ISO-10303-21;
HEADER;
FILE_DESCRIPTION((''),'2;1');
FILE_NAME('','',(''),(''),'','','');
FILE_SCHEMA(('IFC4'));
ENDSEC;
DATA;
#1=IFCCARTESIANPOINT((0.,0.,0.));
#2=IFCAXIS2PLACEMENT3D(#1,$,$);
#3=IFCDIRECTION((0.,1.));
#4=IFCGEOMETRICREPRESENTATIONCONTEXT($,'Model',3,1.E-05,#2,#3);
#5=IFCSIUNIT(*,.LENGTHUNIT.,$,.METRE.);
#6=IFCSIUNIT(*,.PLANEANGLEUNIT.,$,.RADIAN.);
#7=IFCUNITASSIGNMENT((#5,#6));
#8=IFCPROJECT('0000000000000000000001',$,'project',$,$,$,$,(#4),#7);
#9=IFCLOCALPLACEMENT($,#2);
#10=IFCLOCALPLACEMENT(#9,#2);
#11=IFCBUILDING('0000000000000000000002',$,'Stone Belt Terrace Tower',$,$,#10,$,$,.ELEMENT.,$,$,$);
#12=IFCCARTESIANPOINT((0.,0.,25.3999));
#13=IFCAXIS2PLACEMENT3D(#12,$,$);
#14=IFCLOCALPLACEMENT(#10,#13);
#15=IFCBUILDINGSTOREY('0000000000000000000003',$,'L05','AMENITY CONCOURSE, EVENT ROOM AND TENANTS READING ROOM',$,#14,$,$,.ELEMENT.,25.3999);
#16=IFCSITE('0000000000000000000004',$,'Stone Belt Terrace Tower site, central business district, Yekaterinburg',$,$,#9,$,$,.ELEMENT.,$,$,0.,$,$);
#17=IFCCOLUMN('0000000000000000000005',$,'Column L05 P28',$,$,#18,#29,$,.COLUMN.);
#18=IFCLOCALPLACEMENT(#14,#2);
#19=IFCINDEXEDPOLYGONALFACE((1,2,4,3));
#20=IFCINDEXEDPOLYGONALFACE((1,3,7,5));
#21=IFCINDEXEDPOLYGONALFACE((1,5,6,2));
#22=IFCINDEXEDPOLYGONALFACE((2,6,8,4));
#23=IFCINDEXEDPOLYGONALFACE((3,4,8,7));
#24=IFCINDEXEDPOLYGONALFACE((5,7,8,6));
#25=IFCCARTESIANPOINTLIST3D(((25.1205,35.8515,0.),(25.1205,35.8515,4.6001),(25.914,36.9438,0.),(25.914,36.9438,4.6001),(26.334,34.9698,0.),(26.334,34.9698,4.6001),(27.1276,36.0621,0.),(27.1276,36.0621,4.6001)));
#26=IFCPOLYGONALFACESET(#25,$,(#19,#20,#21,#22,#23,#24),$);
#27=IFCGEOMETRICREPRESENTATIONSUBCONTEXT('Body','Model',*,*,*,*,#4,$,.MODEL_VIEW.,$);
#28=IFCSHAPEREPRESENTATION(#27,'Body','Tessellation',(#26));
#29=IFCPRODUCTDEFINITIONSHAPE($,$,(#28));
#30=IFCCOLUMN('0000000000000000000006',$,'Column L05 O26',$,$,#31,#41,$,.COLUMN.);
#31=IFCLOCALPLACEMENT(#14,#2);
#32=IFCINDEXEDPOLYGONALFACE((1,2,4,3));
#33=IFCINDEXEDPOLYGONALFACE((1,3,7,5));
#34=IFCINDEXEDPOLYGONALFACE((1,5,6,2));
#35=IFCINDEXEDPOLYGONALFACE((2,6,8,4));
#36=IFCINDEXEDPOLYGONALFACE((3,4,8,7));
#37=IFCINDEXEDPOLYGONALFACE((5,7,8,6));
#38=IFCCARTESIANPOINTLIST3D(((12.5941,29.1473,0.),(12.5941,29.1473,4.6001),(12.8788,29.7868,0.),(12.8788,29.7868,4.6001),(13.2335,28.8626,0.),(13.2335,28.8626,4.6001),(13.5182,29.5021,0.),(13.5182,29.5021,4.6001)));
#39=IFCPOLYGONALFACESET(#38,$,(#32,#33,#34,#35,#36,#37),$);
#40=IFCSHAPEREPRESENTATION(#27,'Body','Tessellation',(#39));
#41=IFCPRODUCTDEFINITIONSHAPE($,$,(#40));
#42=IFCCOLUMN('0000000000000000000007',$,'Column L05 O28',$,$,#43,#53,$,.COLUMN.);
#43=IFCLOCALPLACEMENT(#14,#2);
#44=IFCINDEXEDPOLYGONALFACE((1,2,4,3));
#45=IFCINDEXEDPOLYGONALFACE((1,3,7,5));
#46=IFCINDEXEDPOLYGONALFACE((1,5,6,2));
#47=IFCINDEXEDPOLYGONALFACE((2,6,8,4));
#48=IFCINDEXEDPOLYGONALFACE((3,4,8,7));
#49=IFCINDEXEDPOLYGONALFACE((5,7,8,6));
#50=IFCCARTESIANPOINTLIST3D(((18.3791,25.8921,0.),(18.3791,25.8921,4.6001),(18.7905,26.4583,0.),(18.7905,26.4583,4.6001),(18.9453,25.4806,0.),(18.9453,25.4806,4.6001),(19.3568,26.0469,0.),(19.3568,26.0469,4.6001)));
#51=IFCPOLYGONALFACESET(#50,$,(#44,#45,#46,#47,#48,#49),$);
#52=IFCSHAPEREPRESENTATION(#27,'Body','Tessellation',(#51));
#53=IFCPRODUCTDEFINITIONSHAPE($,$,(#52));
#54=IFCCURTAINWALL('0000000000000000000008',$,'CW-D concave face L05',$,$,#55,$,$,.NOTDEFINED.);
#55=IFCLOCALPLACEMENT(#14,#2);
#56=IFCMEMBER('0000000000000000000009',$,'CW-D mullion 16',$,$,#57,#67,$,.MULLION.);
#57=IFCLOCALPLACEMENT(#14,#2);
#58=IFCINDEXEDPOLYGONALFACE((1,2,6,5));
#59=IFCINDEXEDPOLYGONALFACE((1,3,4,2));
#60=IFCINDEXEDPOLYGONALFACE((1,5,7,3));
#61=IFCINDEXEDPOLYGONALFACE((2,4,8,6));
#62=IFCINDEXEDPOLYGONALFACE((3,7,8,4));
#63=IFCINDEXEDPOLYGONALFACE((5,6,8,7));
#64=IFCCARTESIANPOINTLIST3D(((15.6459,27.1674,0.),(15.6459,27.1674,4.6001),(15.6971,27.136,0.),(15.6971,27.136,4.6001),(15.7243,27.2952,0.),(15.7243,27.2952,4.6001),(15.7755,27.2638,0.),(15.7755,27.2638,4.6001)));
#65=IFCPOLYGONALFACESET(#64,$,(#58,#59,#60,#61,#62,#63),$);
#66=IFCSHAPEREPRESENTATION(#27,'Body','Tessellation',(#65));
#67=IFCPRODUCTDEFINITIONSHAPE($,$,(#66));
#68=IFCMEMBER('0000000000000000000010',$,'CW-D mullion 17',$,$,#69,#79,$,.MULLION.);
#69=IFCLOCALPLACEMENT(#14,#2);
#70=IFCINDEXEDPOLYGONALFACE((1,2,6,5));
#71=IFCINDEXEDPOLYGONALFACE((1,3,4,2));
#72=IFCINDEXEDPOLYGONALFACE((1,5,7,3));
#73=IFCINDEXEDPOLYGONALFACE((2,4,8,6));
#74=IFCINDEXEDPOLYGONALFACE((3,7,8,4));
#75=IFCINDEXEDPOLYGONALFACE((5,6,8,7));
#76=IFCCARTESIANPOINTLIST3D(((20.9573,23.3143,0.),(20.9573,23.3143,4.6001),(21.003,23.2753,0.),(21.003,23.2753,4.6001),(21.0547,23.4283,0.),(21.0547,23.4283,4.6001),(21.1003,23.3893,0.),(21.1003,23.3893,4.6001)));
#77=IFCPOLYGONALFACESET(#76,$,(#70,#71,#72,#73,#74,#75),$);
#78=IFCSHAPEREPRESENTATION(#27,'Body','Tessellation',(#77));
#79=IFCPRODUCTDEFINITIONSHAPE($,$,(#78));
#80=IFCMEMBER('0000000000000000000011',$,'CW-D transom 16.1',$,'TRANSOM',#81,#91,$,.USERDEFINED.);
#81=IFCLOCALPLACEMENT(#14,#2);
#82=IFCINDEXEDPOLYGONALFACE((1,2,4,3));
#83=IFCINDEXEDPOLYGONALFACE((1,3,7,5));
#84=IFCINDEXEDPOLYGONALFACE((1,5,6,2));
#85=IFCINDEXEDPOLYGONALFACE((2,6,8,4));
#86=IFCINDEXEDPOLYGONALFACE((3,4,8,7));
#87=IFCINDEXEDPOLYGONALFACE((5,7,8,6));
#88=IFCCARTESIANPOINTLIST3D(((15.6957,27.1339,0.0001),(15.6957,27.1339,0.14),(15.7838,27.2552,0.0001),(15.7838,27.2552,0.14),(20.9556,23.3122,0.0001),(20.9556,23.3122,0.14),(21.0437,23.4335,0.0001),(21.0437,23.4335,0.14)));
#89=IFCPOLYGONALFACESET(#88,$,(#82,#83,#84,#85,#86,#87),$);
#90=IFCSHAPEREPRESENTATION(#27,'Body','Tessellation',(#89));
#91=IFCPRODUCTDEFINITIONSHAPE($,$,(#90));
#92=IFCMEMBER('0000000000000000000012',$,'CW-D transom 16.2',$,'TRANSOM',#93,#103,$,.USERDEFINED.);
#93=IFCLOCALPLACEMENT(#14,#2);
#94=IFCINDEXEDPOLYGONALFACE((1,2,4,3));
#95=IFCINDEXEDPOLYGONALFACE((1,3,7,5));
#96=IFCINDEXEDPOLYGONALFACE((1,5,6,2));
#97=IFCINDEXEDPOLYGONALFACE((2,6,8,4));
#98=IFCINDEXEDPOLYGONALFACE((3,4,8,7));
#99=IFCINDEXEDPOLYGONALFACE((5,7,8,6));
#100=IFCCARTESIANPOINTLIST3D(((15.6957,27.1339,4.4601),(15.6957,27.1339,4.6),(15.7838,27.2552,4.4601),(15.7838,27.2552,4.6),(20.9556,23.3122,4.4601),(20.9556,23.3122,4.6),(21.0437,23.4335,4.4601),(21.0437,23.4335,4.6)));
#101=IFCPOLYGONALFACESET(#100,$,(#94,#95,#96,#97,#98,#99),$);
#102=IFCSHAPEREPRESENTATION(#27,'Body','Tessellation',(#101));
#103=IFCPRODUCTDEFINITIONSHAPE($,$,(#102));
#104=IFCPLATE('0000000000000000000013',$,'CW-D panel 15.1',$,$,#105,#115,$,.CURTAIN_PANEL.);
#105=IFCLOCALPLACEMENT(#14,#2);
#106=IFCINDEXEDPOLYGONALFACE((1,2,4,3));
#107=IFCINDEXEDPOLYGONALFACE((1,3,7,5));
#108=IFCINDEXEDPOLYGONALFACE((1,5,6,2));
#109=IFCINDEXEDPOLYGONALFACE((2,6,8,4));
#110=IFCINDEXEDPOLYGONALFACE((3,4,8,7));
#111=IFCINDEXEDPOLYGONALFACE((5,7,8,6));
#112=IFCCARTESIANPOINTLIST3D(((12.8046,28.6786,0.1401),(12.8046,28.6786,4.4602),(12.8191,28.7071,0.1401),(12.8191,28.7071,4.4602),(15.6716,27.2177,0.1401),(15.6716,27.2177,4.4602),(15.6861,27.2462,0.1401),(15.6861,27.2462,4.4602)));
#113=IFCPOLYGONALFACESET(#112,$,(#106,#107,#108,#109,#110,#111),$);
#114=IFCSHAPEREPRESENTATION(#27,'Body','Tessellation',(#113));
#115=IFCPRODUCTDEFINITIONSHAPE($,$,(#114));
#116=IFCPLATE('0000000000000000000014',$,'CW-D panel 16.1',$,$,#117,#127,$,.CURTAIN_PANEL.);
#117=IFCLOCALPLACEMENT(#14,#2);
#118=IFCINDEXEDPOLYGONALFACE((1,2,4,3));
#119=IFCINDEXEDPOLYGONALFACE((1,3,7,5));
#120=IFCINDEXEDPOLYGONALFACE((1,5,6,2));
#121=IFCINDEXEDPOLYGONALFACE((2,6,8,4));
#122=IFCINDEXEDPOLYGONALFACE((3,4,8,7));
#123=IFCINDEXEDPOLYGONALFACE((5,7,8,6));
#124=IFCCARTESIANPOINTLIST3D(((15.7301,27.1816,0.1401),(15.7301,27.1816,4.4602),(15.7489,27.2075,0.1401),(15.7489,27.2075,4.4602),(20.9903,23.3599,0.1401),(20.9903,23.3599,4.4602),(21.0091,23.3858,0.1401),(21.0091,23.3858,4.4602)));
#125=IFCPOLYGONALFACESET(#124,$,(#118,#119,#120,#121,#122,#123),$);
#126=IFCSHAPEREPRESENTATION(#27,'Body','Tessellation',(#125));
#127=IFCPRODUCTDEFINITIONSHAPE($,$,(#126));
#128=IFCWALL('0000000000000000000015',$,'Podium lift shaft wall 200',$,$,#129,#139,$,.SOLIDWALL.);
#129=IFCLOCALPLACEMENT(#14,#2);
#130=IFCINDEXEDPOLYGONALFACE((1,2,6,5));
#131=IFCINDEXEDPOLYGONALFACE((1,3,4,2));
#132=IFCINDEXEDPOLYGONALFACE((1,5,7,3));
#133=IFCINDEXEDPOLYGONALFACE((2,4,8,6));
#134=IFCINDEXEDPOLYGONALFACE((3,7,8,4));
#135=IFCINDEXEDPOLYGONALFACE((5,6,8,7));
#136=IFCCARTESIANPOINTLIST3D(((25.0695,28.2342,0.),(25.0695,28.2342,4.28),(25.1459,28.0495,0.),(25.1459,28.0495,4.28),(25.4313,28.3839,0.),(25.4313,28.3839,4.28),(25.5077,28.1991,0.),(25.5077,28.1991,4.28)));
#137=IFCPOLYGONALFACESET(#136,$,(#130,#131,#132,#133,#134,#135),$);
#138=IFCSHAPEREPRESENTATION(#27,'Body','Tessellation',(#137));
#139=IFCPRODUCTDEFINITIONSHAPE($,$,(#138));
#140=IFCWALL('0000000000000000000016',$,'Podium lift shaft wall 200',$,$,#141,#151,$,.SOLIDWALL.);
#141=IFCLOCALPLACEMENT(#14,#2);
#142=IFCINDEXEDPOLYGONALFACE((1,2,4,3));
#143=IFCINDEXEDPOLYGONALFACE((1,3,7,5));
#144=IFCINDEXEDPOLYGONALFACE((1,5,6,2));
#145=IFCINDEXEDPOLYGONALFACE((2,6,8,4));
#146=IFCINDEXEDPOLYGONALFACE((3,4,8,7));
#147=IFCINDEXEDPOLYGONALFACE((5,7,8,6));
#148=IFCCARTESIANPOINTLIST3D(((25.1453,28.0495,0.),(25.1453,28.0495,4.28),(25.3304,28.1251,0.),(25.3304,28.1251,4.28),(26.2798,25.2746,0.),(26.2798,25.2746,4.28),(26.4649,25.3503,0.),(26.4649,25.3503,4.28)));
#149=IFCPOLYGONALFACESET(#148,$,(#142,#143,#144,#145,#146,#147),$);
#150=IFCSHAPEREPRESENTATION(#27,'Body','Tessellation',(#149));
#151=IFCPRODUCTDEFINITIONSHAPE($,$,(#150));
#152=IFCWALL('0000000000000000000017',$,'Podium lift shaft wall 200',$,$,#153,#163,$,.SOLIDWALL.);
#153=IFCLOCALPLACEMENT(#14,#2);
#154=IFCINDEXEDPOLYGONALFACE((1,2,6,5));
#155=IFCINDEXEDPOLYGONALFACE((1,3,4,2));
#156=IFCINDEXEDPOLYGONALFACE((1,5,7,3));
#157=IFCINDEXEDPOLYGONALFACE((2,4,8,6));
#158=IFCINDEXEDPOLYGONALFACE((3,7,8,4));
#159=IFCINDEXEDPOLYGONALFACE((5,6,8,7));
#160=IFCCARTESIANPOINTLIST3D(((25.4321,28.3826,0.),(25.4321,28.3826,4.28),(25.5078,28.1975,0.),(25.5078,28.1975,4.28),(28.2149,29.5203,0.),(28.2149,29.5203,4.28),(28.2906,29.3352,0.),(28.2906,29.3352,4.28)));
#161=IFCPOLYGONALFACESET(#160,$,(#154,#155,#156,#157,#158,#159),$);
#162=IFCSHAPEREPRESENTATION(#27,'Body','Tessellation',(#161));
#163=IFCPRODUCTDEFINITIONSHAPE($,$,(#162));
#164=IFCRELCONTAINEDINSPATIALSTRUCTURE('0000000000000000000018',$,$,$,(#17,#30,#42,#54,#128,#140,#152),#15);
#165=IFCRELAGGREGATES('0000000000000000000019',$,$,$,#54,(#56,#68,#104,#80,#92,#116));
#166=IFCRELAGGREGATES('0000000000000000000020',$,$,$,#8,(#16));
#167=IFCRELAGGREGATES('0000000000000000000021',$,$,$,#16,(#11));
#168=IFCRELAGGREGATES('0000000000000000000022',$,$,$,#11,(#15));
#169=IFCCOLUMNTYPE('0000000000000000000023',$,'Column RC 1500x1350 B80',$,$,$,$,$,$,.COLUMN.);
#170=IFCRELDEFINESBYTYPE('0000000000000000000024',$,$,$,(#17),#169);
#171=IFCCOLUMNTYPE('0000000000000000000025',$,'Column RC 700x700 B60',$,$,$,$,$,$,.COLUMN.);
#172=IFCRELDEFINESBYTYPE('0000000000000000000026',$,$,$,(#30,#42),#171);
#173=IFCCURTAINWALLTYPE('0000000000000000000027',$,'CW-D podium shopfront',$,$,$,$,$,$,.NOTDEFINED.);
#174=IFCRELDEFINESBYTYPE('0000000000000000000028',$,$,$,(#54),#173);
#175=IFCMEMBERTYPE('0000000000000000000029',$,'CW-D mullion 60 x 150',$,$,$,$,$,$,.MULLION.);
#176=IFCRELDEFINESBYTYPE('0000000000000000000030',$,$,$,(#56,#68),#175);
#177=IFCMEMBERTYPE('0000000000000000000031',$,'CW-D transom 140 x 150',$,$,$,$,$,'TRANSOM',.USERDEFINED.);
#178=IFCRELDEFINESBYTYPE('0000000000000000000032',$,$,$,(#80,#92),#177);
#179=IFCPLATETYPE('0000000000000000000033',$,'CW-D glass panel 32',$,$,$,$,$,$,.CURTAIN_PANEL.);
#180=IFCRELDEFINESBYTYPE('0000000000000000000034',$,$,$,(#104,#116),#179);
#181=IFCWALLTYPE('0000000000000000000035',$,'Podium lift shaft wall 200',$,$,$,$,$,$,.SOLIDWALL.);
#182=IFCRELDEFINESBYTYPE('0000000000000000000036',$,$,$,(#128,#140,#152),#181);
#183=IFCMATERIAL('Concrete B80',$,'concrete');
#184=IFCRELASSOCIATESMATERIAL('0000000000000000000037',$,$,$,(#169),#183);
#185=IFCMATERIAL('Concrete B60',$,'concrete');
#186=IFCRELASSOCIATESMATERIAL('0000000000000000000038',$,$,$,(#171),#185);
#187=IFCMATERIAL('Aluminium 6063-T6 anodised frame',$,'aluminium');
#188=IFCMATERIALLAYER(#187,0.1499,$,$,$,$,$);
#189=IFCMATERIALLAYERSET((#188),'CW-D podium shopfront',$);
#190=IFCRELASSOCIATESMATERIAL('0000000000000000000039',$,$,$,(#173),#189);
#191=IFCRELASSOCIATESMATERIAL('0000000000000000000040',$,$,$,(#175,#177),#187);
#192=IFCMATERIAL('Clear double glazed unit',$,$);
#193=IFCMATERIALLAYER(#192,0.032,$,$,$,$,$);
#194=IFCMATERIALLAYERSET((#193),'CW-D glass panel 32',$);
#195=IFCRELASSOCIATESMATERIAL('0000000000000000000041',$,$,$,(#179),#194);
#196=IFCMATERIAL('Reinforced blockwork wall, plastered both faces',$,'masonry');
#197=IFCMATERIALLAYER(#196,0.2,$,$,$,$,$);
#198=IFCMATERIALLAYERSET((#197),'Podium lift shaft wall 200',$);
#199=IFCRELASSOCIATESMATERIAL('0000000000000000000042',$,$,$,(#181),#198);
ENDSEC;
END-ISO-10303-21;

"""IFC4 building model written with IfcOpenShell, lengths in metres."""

from ifc_helpers import new_model, si_unit, direction, frame, frame_2d, origin, origin_2d, place, context, subcontext, project, spatial, rectangle, extrude, material, layer, layer_set, material_profile, profile_set, type_object, element, aggregate, save


model = new_model("IFC4")

# Units and contexts
model_context = context("Model", 3, precision=1e-05, world=origin(), true_north=direction((0.0, 1.0)))
body_context = subcontext(model_context, "Body", "Model", "MODEL_VIEW")
ifc_project = project(units=[si_unit("LENGTHUNIT", "METRE"), si_unit("PLANEANGLEUNIT", "RADIAN")], contexts=[model_context])

# Site, building, storey
site_placement = place(None, origin())
site = spatial("IfcSite", under=ifc_project, at=site_placement, Name="Stone Belt Terrace Tower site, central business district, Yekaterinburg", CompositionType="ELEMENT", RefElevation=0.0)
building_placement = place(site_placement, origin())
building = spatial("IfcBuilding", under=site, at=building_placement, Name="Stone Belt Terrace Tower", CompositionType="ELEMENT")
storey_placement = place(building_placement, frame((0.0, 0.0, 25.3999)))
storey = spatial("IfcBuildingStorey", under=building, at=storey_placement, Name="L05", Description="AMENITY CONCOURSE, EVENT ROOM AND TENANTS READING ROOM", CompositionType="ELEMENT", Elevation=25.3999)

# Columns
ifc_material_1 = material(Name="Concrete B80", Category="concrete")
ifc_material_profile_1 = material_profile(ifc_material_1, rectangle(XDim=1.5, YDim=1.3501, at=origin_2d()), Name="RC 1500x1350")
ifc_profile_set_1 = profile_set([ifc_material_profile_1], Name="Concrete B80")
column_type_1 = type_object("IfcColumnType", Name="Column RC 1500x1350 B80", PredefinedType="COLUMN", material=ifc_profile_set_1)
column_placement = place(storey_placement, frame((26.124, 35.9568, 0.0), z_axis=(0.0, 0.0, 1.0), x_axis=(0.809017, -0.587785, 0.0)))
element("IfcColumn", 1, at=column_placement, inside=storey, type_object=column_type_1, Name="Column L05 P28", PredefinedType="COLUMN", context=body_context, shape_type="SweptSolid", body=[
    extrude(rectangle(XDim=1.5, YDim=1.3501, at=origin_2d()), origin(), (0.0, 0.0, 1.0), 4.6001),
])
ifc_material_2 = material(Name="Concrete B60", Category="concrete")
ifc_material_profile_2 = material_profile(ifc_material_2, rectangle(XDim=0.7, YDim=0.7, at=origin_2d()), Name="RC 700x700")
ifc_profile_set_2 = profile_set([ifc_material_profile_2], Name="Concrete B60")
column_type_2 = type_object("IfcColumnType", Name="Column RC 700x700 B60", PredefinedType="COLUMN", material=ifc_profile_set_2)
for number, where, z_axis, x_axis, name in (
    (2, (13.0562, 29.3247, 0.0), (0.0, 0.0, 1.0), (0.913545, -0.406737, 0.0), "Column L05 O26"),
    (3, (18.8679, 25.9695, 0.0), (0.0, 0.0, 1.0), (0.809017, -0.587785, 0.0), "Column L05 O28"),
):
    element("IfcColumn", number, at=place(storey_placement, frame(where, z_axis=z_axis, x_axis=x_axis)), inside=storey, type_object=column_type_2, Name=name, PredefinedType="COLUMN", context=body_context, shape_type="SweptSolid", body=[
        extrude(rectangle(XDim=0.7, YDim=0.7, at=origin_2d()), origin(), (0.0, 0.0, 1.0), 4.6001),
    ])

# Curtain wall, members, plates
ifc_material_3 = material(Name="Aluminium 6063-T6 anodised frame", Category="aluminium")
ifc_layer_1 = layer(ifc_material_3, 0.1499)
ifc_layer_set_1 = layer_set([ifc_layer_1], Name="CW-D podium shopfront")
curtain_wall_type = type_object("IfcCurtainWallType", Name="CW-D podium shopfront", PredefinedType="NOTDEFINED", material=ifc_layer_set_1)
curtain_wall_placement = place(storey_placement, origin())
curtain_wall = element("IfcCurtainWall", 4, at=curtain_wall_placement, inside=storey, type_object=curtain_wall_type, Name="CW-D concave face L05", PredefinedType="NOTDEFINED")
ifc_material_profile_3 = material_profile(ifc_material_3, rectangle(XDim=0.1499, YDim=0.0601, at=origin_2d()), Name="Aluminium 6063-T6 60x150")
ifc_profile_set_3 = profile_set([ifc_material_profile_3], Name="Aluminium 6063-T6 anodised frame")
member_type_1 = type_object("IfcMemberType", Name="CW-D mullion 60 x 150", PredefinedType="MULLION", material=ifc_profile_set_3)
member_1_placement = place(storey_placement, frame((15.7107, 27.2156, 0.0), z_axis=(0.0, 0.0, 1.0), x_axis=(0.522499, 0.85264, 0.0)))
member_1 = element("IfcMember", 5, at=member_1_placement, type_object=member_type_1, Name="CW-D mullion 16", PredefinedType="MULLION", context=body_context, shape_type="SweptSolid", body=[
    extrude(rectangle(XDim=0.1499, YDim=0.0601, at=origin_2d()), origin(), (0.0, 0.0, 1.0), 4.6001),
])
member_2_placement = place(storey_placement, frame((21.0288, 23.3518, 0.0), z_axis=(0.0, 0.0, 1.0), x_axis=(0.649448, 0.760406, 0.0)))
member_2 = element("IfcMember", 6, at=member_2_placement, type_object=member_type_1, Name="CW-D mullion 17", PredefinedType="MULLION", context=body_context, shape_type="SweptSolid", body=[
    extrude(rectangle(XDim=0.1499, YDim=0.0601, at=origin_2d()), origin(), (0.0, 0.0, 1.0), 4.6001),
])
ifc_material_profile_4 = material_profile(ifc_material_3, rectangle(XDim=0.1499, YDim=0.1399, at=origin_2d()), Name="Aluminium 6063-T6 150x140")
ifc_profile_set_4 = profile_set([ifc_material_profile_4], Name="Aluminium 6063-T6 anodised frame")
member_type_2 = type_object("IfcMemberType", Name="CW-D transom 140 x 150", ElementType="TRANSOM", PredefinedType="USERDEFINED", material=ifc_profile_set_4)
member_3_placement = place(storey_placement, frame((15.7397, 27.1946, 0.0701), z_axis=(0.809006, -0.587801, 0.0), x_axis=(0.587801, 0.809006, 0.0)))
member_3 = element("IfcMember", 7, at=member_3_placement, type_object=member_type_2, Name="CW-D transom 16.1", ObjectType="TRANSOM", PredefinedType="USERDEFINED", context=body_context, shape_type="SweptSolid", body=[
    extrude(rectangle(XDim=0.1499, YDim=0.1399, at=origin_2d()), origin(), (0.0, 0.0, 1.0), 6.5017),
])
member_4_placement = place(storey_placement, frame((15.7397, 27.1946, 4.53), z_axis=(0.809006, -0.587801, 0.0), x_axis=(0.587801, 0.809006, 0.0)))
member_4 = element("IfcMember", 8, at=member_4_placement, type_object=member_type_2, Name="CW-D transom 16.2", ObjectType="TRANSOM", PredefinedType="USERDEFINED", context=body_context, shape_type="SweptSolid", body=[
    extrude(rectangle(XDim=0.1499, YDim=0.1399, at=origin_2d()), origin(), (0.0, 0.0, 1.0), 6.5017),
])
ifc_material_4 = material(Name="Clear double glazed unit")
ifc_layer_2 = layer(ifc_material_4, 0.032)
ifc_layer_set_2 = layer_set([ifc_layer_2], Name="CW-D glass panel 32")
plate_type = type_object("IfcPlateType", Name="CW-D glass panel 32", PredefinedType="CURTAIN_PANEL", material=ifc_layer_set_2)
plate_1_placement = place(storey_placement, frame((14.2454, 27.9624, 0.1401), z_axis=(0.0, 0.0, 1.0), x_axis=(0.891007, -0.45399, 0.0)))
plate_1 = element("IfcPlate", 9, at=plate_1_placement, type_object=plate_type, Name="CW-D panel 15.1", PredefinedType="CURTAIN_PANEL", context=body_context, shape_type="SweptSolid", body=[
    extrude(rectangle(XDim=3.2178, YDim=0.032, at=origin_2d()), origin(), (0.0, 0.0, 1.0), 4.3201),
])
plate_2_placement = place(storey_placement, frame((18.3696, 25.2837, 0.1401), z_axis=(0.0, 0.0, 1.0), x_axis=(0.809017, -0.587785, 0.0)))
plate_2 = element("IfcPlate", 10, at=plate_2_placement, type_object=plate_type, Name="CW-D panel 16.1", PredefinedType="CURTAIN_PANEL", context=body_context, shape_type="SweptSolid", body=[
    extrude(rectangle(XDim=6.502, YDim=0.032, at=origin_2d()), origin(), (0.0, 0.0, 1.0), 4.3201),
])
aggregate(curtain_wall, [member_1, member_2, plate_1, member_3, member_4, plate_2])

# Walls
ifc_material_5 = material(Name="Reinforced blockwork wall, plastered both faces", Category="masonry")
ifc_layer_3 = layer(ifc_material_5, 0.2)
ifc_layer_set_3 = layer_set([ifc_layer_3], Name="Podium lift shaft wall 200")
wall_type_1 = type_object("IfcWallType", Name="Podium lift shaft wall 200", PredefinedType="SOLIDWALL", material=ifc_layer_set_3)
wall_1_placement = place(storey_placement, frame((25.1077, 28.1418, 0.0), z_axis=(0.0, 0.0, 1.0), x_axis=(0.92407, 0.382223, 0.0)))
element("IfcWall", 11, at=wall_1_placement, inside=storey, type_object=wall_type_1, Name="Podium lift shaft wall 200", PredefinedType="SOLIDWALL", context=body_context, shape_type="SweptSolid", body=[
    extrude(rectangle(XDim=0.3916, YDim=0.2, at=frame_2d((0.1958, 0.0))), origin(), (0.0, 0.0, 1.0), 4.28),
])
wall_2_placement = place(storey_placement, frame((25.2378, 28.0874, 0.0), z_axis=(0.0, 0.0, 1.0), x_axis=(0.378443, -0.925625, 0.0)))
element("IfcWall", 12, at=wall_2_placement, inside=storey, type_object=wall_type_1, Name="Podium lift shaft wall 200", PredefinedType="SOLIDWALL", context=body_context, shape_type="SweptSolid", body=[
    extrude(rectangle(XDim=2.9978, YDim=0.2, at=frame_2d((1.499, 0.0))), origin(), (0.0, 0.0, 1.0), 4.28),
])
wall_3_placement = place(storey_placement, frame((25.47, 28.29, 0.0), z_axis=(0.0, 0.0, 1.0), x_axis=(0.925627, 0.378437, 0.0)))
element("IfcWall", 13, at=wall_3_placement, inside=storey, type_object=wall_type_1, Name="Podium lift shaft wall 200", PredefinedType="SOLIDWALL", context=body_context, shape_type="SweptSolid", body=[
    extrude(rectangle(XDim=3.0063, YDim=0.2, at=frame_2d((1.5032, 0.0))), origin(), (0.0, 0.0, 1.0), 4.28),
])

save(model, "model.ifc")
